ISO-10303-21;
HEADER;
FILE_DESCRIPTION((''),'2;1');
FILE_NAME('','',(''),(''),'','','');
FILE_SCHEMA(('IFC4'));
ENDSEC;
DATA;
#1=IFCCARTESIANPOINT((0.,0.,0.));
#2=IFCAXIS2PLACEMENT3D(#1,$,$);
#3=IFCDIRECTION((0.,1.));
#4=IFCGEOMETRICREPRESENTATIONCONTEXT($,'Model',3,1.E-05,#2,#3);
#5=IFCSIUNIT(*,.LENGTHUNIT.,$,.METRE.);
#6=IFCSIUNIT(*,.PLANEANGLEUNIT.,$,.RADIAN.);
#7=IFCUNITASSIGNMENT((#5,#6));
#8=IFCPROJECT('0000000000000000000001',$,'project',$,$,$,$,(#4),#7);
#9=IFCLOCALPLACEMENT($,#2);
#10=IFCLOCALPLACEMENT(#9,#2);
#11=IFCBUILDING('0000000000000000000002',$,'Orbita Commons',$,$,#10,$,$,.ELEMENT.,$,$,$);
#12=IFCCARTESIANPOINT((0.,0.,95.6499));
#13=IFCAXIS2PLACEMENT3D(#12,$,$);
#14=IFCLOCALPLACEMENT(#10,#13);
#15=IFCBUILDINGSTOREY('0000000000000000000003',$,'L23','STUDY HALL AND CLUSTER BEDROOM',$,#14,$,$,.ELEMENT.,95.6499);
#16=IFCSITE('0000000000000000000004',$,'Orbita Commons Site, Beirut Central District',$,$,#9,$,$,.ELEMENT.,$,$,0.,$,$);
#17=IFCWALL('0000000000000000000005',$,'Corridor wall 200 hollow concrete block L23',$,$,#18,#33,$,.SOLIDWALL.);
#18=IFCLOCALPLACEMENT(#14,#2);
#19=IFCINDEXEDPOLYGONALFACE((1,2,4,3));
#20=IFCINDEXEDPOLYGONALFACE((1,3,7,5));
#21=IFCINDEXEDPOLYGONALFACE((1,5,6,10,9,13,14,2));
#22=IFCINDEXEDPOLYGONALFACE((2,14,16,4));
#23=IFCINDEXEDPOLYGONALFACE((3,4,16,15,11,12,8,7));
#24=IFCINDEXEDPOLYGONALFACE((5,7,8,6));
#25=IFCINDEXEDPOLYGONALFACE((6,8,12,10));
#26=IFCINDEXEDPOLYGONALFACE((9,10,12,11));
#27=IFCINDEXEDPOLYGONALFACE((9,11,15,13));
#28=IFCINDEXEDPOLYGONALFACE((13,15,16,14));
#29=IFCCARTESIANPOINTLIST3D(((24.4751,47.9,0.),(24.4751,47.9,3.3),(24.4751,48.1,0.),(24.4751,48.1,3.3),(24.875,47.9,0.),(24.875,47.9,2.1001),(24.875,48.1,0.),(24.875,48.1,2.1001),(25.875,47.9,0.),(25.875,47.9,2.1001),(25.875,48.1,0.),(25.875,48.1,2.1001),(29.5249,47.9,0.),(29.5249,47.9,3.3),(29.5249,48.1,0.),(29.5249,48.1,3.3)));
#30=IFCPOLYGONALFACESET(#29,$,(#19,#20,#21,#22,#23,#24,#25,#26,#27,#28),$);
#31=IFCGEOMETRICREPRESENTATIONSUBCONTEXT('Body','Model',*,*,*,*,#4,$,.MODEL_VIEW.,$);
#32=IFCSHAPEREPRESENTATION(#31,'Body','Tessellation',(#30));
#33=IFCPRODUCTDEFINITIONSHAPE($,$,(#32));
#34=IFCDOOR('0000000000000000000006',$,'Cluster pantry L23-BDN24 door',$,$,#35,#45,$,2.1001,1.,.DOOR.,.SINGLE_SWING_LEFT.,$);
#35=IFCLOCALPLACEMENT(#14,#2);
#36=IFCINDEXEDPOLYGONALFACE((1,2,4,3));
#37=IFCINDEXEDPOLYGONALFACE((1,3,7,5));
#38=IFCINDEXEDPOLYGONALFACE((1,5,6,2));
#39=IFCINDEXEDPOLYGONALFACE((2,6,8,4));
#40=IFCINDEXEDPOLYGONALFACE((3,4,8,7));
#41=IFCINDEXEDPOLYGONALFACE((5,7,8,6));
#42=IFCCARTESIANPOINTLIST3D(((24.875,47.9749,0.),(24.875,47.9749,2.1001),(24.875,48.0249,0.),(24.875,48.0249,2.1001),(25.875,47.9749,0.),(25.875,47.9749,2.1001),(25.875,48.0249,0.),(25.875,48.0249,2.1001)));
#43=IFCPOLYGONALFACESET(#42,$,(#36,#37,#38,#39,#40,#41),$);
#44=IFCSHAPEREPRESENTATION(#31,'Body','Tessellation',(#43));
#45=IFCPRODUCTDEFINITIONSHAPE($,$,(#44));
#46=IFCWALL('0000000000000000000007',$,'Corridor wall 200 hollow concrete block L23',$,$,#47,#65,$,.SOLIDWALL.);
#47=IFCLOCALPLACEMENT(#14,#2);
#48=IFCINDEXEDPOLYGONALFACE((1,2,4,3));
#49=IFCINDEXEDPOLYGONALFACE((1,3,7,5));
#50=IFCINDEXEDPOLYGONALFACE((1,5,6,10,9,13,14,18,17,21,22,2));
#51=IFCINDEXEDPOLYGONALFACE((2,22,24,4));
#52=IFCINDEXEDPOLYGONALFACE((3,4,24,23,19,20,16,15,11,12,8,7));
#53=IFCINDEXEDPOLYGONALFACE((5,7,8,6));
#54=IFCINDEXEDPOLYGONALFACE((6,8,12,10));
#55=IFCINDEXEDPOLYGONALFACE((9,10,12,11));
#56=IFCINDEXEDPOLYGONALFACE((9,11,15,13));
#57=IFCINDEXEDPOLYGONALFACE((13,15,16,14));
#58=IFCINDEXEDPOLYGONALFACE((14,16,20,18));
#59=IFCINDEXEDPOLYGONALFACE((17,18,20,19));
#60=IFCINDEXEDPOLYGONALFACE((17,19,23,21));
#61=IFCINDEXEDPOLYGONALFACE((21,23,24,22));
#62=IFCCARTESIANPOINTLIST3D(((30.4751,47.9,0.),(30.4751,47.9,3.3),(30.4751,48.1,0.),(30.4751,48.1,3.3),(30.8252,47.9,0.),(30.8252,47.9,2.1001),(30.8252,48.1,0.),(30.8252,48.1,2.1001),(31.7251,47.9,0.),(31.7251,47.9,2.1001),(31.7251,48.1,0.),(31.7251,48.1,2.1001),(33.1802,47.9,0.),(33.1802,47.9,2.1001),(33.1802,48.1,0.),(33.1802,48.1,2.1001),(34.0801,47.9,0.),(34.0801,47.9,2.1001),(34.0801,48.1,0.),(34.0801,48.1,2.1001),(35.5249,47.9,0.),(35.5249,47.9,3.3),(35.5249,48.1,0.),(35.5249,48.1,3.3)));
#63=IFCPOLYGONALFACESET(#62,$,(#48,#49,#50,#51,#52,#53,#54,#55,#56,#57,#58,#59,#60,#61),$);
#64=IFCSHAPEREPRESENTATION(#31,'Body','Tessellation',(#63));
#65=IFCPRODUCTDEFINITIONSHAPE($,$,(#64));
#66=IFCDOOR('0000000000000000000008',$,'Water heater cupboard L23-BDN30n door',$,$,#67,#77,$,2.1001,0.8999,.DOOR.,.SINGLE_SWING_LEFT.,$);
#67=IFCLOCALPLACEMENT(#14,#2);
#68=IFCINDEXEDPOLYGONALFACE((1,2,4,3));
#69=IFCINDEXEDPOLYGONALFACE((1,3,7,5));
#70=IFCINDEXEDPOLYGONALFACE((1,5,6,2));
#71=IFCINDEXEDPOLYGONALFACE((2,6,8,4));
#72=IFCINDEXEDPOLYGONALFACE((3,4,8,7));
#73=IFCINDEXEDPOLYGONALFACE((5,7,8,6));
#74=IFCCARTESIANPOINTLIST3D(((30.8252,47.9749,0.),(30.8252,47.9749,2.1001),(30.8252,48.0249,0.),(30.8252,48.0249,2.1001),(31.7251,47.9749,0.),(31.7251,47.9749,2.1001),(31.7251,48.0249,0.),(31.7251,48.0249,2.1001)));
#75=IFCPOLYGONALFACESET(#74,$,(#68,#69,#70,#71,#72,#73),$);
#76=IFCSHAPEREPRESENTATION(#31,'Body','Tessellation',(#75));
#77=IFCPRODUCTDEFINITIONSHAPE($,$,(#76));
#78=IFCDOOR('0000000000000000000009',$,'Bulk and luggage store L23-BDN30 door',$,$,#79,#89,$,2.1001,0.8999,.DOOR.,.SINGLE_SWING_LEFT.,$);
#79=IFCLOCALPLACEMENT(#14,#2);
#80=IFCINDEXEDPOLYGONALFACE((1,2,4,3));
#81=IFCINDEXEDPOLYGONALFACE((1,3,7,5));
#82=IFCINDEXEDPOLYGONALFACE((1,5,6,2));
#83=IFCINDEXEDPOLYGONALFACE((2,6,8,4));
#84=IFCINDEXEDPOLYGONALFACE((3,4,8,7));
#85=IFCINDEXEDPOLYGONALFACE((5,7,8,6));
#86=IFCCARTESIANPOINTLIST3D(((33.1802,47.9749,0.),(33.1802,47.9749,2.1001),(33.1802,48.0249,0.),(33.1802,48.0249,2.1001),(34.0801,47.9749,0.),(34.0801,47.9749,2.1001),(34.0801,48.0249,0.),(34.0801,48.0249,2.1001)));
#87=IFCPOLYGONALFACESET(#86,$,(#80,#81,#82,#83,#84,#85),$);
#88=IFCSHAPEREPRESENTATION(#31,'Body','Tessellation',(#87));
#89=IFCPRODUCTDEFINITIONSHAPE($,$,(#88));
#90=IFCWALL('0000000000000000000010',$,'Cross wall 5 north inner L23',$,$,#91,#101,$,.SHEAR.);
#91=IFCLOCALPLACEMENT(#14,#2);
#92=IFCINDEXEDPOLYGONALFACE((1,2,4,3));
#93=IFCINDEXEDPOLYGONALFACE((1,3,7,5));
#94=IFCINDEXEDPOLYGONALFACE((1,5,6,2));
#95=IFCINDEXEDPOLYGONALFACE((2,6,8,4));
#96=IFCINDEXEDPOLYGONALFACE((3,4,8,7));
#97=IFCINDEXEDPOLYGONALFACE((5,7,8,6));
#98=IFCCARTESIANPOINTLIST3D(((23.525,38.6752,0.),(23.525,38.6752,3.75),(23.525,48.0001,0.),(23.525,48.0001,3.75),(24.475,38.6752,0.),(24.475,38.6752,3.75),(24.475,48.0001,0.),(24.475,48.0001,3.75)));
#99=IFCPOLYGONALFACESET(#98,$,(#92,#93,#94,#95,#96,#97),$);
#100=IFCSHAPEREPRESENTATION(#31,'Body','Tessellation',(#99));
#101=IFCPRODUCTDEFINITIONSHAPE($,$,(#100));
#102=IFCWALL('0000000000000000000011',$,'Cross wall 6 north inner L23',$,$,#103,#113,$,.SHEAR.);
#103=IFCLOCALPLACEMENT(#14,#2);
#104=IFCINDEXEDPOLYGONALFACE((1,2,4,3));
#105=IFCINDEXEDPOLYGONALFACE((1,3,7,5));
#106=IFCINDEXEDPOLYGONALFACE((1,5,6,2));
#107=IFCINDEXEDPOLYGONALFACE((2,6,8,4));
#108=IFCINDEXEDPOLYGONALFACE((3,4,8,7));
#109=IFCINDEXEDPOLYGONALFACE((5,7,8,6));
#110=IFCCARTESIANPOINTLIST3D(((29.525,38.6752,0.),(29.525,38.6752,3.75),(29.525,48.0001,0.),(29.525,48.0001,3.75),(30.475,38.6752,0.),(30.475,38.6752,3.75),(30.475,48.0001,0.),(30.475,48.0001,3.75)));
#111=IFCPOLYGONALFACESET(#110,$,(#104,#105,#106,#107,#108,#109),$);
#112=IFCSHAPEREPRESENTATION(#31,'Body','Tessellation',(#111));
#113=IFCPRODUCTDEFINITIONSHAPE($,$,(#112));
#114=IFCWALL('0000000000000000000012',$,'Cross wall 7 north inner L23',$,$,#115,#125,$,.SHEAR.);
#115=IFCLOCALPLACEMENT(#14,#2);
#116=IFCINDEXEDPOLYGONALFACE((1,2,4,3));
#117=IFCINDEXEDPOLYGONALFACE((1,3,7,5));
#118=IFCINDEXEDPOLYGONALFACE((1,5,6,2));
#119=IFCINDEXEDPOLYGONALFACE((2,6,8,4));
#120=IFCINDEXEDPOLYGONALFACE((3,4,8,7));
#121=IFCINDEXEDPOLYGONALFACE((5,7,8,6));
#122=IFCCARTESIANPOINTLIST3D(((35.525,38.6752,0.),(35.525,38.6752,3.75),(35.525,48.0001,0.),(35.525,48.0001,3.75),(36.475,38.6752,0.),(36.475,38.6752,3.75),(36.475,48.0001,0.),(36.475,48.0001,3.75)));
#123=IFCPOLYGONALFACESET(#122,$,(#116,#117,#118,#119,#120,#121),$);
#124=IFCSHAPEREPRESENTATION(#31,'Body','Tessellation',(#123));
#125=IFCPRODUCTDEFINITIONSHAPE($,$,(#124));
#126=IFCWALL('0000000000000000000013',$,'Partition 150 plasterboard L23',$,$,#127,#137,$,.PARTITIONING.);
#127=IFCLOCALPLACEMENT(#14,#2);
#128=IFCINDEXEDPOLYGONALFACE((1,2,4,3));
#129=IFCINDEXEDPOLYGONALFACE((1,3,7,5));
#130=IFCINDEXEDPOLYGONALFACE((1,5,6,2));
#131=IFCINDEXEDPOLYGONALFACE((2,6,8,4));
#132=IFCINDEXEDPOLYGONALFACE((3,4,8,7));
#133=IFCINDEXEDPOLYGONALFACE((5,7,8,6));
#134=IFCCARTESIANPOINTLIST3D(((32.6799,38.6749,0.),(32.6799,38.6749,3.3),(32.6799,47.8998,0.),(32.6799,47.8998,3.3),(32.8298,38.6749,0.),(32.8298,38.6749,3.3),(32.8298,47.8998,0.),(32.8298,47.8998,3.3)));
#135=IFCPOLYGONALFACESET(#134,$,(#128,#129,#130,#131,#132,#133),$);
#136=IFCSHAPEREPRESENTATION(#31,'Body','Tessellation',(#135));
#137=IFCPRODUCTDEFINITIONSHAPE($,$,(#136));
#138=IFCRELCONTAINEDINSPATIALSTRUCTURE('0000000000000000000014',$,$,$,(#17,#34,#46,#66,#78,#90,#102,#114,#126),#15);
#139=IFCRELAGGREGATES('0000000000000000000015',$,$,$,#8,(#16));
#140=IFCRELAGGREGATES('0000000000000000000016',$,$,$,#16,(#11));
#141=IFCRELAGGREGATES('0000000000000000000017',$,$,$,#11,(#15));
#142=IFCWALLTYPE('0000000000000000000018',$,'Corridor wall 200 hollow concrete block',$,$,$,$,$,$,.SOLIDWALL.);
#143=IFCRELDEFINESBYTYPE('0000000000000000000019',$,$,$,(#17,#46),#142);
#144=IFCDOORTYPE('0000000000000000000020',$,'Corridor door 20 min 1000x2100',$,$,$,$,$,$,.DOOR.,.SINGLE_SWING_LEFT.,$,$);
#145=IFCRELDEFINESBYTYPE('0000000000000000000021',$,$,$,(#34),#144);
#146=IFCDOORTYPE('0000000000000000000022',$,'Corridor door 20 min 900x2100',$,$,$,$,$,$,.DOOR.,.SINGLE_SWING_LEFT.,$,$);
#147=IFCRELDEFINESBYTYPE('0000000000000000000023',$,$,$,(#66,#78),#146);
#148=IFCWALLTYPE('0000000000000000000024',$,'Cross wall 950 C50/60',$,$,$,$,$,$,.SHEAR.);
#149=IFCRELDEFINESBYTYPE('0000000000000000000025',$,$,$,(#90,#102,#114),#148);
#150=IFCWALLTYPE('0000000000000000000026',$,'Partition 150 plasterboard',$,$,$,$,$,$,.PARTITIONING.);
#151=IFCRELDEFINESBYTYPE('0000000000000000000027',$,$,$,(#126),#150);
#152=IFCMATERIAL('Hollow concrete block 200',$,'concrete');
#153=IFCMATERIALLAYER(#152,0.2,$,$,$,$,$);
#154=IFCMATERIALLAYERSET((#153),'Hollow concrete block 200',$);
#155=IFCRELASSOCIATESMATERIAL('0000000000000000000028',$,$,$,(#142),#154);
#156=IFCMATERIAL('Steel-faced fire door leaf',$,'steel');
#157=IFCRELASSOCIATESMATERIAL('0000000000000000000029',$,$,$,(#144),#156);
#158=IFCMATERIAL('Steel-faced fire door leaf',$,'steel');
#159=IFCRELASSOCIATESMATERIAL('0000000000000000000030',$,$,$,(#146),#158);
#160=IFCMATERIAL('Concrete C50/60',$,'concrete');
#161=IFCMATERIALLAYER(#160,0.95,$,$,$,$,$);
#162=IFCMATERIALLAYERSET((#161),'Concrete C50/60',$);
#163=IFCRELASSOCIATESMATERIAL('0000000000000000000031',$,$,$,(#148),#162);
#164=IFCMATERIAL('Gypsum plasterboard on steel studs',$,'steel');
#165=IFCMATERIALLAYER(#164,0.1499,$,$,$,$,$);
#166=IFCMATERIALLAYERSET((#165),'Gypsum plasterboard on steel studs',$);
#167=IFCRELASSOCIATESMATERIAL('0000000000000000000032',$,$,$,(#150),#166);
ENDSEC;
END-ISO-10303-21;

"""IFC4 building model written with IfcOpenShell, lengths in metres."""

from ifc_helpers import new_model, si_unit, direction, frame, frame_2d, origin, place, context, subcontext, project, spatial, rectangle, extrude, material, layer, layer_set, type_object, element, fill, save


model = new_model("IFC4")

# Units and contexts
model_context = context("Model", 3, precision=1e-05, world=origin(), true_north=direction((0.0, 1.0)))
body_context = subcontext(model_context, "Body", "Model", "MODEL_VIEW")
ifc_project = project(units=[si_unit("LENGTHUNIT", "METRE"), si_unit("PLANEANGLEUNIT", "RADIAN")], contexts=[model_context])

# Site, building, storey
site_placement = place(None, origin())
site = spatial("IfcSite", under=ifc_project, at=site_placement, Name="Orbita Commons Site, Beirut Central District", CompositionType="ELEMENT", RefElevation=0.0)
building_placement = place(site_placement, origin())
building = spatial("IfcBuilding", under=site, at=building_placement, Name="Orbita Commons", CompositionType="ELEMENT")
storey_placement = place(building_placement, frame((0.0, 0.0, 95.6499)))
storey = spatial("IfcBuildingStorey", under=building, at=storey_placement, Name="L23", Description="STUDY HALL AND CLUSTER BEDROOM", CompositionType="ELEMENT", Elevation=95.6499)

# Wall, opening, door
ifc_material_1 = material(Name="Hollow concrete block 200", Category="concrete")
ifc_layer_1 = layer(ifc_material_1, 0.2)
ifc_layer_set_1 = layer_set([ifc_layer_1], Name="Hollow concrete block 200")
wall_type_1 = type_object("IfcWallType", Name="Corridor wall 200 hollow concrete block", PredefinedType="SOLIDWALL", material=ifc_layer_set_1)
wall_1_placement = place(storey_placement, frame((24.4751, 48.0, 0.0), z_axis=(0.0, 0.0, 1.0), x_axis=(1.0, 0.0, 0.0)))
wall_1 = element("IfcWall", 1, at=wall_1_placement, inside=storey, type_object=wall_type_1, Name="Corridor wall 200 hollow concrete block L23", PredefinedType="SOLIDWALL", context=body_context, shape_type="SweptSolid", body=[
    extrude(rectangle(XDim=5.0498, YDim=0.2, at=frame_2d((2.5249, 0.0))), origin(), (0.0, 0.0, 1.0), 3.3),
])
opening_1_placement = place(wall_1_placement, frame((0.3999, 0.0, 0.0)))
opening_1 = element("IfcOpeningElement", 2, at=opening_1_placement, cuts=wall_1, PredefinedType="OPENING", context=body_context, shape_type="SweptSolid", body=[
    extrude(rectangle(XDim=1.0, YDim=2.1001, at=frame_2d((0.5, 1.05))), frame((0.0, 0.1099, 0.0), z_axis=(0.0, -1.0, 0.0), x_axis=(1.0, 0.0, 0.0)), (0.0, 0.0, 1.0), 0.22),
])
ifc_material_2 = material(Name="Steel-faced fire door leaf", Category="steel")
door_type_1 = type_object("IfcDoorType", Name="Corridor door 20 min 1000x2100", OperationType="SINGLE_SWING_LEFT", PredefinedType="DOOR", material=ifc_material_2)
door_1_placement = place(opening_1_placement, origin())
door_1 = element("IfcDoor", 3, at=door_1_placement, inside=storey, type_object=door_type_1, Name="Cluster pantry L23-BDN24 door", OperationType="SINGLE_SWING_LEFT", OverallHeight=2.1001, OverallWidth=1.0, PredefinedType="DOOR", context=body_context, shape_type="SweptSolid", body=[
    extrude(rectangle(XDim=1.0, YDim=2.1001, at=frame_2d((0.5, 1.05))), frame((0.0, 0.0249, 0.0), z_axis=(0.0, -1.0, 0.0), x_axis=(1.0, 0.0, 0.0)), (0.0, 0.0, 1.0), 0.05),
])
fill(opening_1, door_1)

# Wall, openings, doors
wall_2_placement = place(storey_placement, frame((30.4751, 48.0, 0.0), z_axis=(0.0, 0.0, 1.0), x_axis=(1.0, 0.0, 0.0)))
wall_2 = element("IfcWall", 4, at=wall_2_placement, inside=storey, type_object=wall_type_1, Name="Corridor wall 200 hollow concrete block L23", PredefinedType="SOLIDWALL", context=body_context, shape_type="SweptSolid", body=[
    extrude(rectangle(XDim=5.0498, YDim=0.2, at=frame_2d((2.5249, 0.0))), origin(), (0.0, 0.0, 1.0), 3.3),
])
opening_2_placement = place(wall_2_placement, frame((0.3501, 0.0, 0.0)))
opening_2 = element("IfcOpeningElement", 5, at=opening_2_placement, cuts=wall_2, PredefinedType="OPENING", context=body_context, shape_type="SweptSolid", body=[
    extrude(rectangle(XDim=0.8999, YDim=2.1001, at=frame_2d((0.45, 1.05))), frame((0.0, 0.1099, 0.0), z_axis=(0.0, -1.0, 0.0), x_axis=(1.0, 0.0, 0.0)), (0.0, 0.0, 1.0), 0.22),
])
opening_3_placement = place(wall_2_placement, frame((2.7051, 0.0, 0.0)))
opening_3 = element("IfcOpeningElement", 6, at=opening_3_placement, cuts=wall_2, PredefinedType="OPENING", context=body_context, shape_type="SweptSolid", body=[
    extrude(rectangle(XDim=0.8999, YDim=2.1001, at=frame_2d((0.45, 1.05))), frame((0.0, 0.1099, 0.0), z_axis=(0.0, -1.0, 0.0), x_axis=(1.0, 0.0, 0.0)), (0.0, 0.0, 1.0), 0.22),
])
ifc_material_3 = material(Name="Steel-faced fire door leaf", Category="steel")
door_type_2 = type_object("IfcDoorType", Name="Corridor door 20 min 900x2100", OperationType="SINGLE_SWING_LEFT", PredefinedType="DOOR", material=ifc_material_3)
door_2_placement = place(opening_2_placement, origin())
door_2 = element("IfcDoor", 7, at=door_2_placement, inside=storey, type_object=door_type_2, Name="Water heater cupboard L23-BDN30n door", OperationType="SINGLE_SWING_LEFT", OverallHeight=2.1001, OverallWidth=0.8999, PredefinedType="DOOR", context=body_context, shape_type="SweptSolid", body=[
    extrude(rectangle(XDim=0.8999, YDim=2.1001, at=frame_2d((0.45, 1.05))), frame((0.0, 0.0249, 0.0), z_axis=(0.0, -1.0, 0.0), x_axis=(1.0, 0.0, 0.0)), (0.0, 0.0, 1.0), 0.05),
])
fill(opening_2, door_2)
door_3_placement = place(opening_3_placement, origin())
door_3 = element("IfcDoor", 8, at=door_3_placement, inside=storey, type_object=door_type_2, Name="Bulk and luggage store L23-BDN30 door", OperationType="SINGLE_SWING_LEFT", OverallHeight=2.1001, OverallWidth=0.8999, PredefinedType="DOOR", context=body_context, shape_type="SweptSolid", body=[
    extrude(rectangle(XDim=0.8999, YDim=2.1001, at=frame_2d((0.45, 1.05))), frame((0.0, 0.0249, 0.0), z_axis=(0.0, -1.0, 0.0), x_axis=(1.0, 0.0, 0.0)), (0.0, 0.0, 1.0), 0.05),
])
fill(opening_3, door_3)

# Walls
ifc_material_4 = material(Name="Concrete C50/60", Category="concrete")
ifc_layer_2 = layer(ifc_material_4, 0.95)
ifc_layer_set_2 = layer_set([ifc_layer_2], Name="Concrete C50/60")
wall_type_2 = type_object("IfcWallType", Name="Cross wall 950 C50/60", PredefinedType="SHEAR", material=ifc_layer_set_2)
for number, where, z_axis, x_axis, name in (
    (9, (24.0, 38.675, 0.0), (0.0, 0.0, 1.0), (0.0, 1.0, 0.0), "Cross wall 5 north inner L23"),
    (10, (30.0, 38.675, 0.0), (0.0, 0.0, 1.0), (0.0, 1.0, 0.0), "Cross wall 6 north inner L23"),
    (11, (36.0, 38.675, 0.0), (0.0, 0.0, 1.0), (0.0, 1.0, 0.0), "Cross wall 7 north inner L23"),
):
    element("IfcWall", number, at=place(storey_placement, frame(where, z_axis=z_axis, x_axis=x_axis)), inside=storey, type_object=wall_type_2, Name=name, PredefinedType="SHEAR", context=body_context, shape_type="SweptSolid", body=[
        extrude(rectangle(XDim=9.325, YDim=0.95, at=frame_2d((4.6626, 0.0))), origin(), (0.0, 0.0, 1.0), 3.75),
    ])
ifc_material_5 = material(Name="Gypsum plasterboard on steel studs", Category="steel")
ifc_layer_3 = layer(ifc_material_5, 0.1499)
ifc_layer_set_3 = layer_set([ifc_layer_3], Name="Gypsum plasterboard on steel studs")
wall_type_3 = type_object("IfcWallType", Name="Partition 150 plasterboard", PredefinedType="PARTITIONING", material=ifc_layer_set_3)
wall_3_placement = place(storey_placement, frame((32.7549, 38.675, 0.0), z_axis=(0.0, 0.0, 1.0), x_axis=(0.0, 1.0, 0.0)))
element("IfcWall", 12, at=wall_3_placement, inside=storey, type_object=wall_type_3, Name="Partition 150 plasterboard L23", PredefinedType="PARTITIONING", context=body_context, shape_type="SweptSolid", body=[
    extrude(rectangle(XDim=9.2249, YDim=0.1499, at=frame_2d((4.6123, 0.0))), origin(), (0.0, 0.0, 1.0), 3.3),
])

save(model, "model.ifc")
